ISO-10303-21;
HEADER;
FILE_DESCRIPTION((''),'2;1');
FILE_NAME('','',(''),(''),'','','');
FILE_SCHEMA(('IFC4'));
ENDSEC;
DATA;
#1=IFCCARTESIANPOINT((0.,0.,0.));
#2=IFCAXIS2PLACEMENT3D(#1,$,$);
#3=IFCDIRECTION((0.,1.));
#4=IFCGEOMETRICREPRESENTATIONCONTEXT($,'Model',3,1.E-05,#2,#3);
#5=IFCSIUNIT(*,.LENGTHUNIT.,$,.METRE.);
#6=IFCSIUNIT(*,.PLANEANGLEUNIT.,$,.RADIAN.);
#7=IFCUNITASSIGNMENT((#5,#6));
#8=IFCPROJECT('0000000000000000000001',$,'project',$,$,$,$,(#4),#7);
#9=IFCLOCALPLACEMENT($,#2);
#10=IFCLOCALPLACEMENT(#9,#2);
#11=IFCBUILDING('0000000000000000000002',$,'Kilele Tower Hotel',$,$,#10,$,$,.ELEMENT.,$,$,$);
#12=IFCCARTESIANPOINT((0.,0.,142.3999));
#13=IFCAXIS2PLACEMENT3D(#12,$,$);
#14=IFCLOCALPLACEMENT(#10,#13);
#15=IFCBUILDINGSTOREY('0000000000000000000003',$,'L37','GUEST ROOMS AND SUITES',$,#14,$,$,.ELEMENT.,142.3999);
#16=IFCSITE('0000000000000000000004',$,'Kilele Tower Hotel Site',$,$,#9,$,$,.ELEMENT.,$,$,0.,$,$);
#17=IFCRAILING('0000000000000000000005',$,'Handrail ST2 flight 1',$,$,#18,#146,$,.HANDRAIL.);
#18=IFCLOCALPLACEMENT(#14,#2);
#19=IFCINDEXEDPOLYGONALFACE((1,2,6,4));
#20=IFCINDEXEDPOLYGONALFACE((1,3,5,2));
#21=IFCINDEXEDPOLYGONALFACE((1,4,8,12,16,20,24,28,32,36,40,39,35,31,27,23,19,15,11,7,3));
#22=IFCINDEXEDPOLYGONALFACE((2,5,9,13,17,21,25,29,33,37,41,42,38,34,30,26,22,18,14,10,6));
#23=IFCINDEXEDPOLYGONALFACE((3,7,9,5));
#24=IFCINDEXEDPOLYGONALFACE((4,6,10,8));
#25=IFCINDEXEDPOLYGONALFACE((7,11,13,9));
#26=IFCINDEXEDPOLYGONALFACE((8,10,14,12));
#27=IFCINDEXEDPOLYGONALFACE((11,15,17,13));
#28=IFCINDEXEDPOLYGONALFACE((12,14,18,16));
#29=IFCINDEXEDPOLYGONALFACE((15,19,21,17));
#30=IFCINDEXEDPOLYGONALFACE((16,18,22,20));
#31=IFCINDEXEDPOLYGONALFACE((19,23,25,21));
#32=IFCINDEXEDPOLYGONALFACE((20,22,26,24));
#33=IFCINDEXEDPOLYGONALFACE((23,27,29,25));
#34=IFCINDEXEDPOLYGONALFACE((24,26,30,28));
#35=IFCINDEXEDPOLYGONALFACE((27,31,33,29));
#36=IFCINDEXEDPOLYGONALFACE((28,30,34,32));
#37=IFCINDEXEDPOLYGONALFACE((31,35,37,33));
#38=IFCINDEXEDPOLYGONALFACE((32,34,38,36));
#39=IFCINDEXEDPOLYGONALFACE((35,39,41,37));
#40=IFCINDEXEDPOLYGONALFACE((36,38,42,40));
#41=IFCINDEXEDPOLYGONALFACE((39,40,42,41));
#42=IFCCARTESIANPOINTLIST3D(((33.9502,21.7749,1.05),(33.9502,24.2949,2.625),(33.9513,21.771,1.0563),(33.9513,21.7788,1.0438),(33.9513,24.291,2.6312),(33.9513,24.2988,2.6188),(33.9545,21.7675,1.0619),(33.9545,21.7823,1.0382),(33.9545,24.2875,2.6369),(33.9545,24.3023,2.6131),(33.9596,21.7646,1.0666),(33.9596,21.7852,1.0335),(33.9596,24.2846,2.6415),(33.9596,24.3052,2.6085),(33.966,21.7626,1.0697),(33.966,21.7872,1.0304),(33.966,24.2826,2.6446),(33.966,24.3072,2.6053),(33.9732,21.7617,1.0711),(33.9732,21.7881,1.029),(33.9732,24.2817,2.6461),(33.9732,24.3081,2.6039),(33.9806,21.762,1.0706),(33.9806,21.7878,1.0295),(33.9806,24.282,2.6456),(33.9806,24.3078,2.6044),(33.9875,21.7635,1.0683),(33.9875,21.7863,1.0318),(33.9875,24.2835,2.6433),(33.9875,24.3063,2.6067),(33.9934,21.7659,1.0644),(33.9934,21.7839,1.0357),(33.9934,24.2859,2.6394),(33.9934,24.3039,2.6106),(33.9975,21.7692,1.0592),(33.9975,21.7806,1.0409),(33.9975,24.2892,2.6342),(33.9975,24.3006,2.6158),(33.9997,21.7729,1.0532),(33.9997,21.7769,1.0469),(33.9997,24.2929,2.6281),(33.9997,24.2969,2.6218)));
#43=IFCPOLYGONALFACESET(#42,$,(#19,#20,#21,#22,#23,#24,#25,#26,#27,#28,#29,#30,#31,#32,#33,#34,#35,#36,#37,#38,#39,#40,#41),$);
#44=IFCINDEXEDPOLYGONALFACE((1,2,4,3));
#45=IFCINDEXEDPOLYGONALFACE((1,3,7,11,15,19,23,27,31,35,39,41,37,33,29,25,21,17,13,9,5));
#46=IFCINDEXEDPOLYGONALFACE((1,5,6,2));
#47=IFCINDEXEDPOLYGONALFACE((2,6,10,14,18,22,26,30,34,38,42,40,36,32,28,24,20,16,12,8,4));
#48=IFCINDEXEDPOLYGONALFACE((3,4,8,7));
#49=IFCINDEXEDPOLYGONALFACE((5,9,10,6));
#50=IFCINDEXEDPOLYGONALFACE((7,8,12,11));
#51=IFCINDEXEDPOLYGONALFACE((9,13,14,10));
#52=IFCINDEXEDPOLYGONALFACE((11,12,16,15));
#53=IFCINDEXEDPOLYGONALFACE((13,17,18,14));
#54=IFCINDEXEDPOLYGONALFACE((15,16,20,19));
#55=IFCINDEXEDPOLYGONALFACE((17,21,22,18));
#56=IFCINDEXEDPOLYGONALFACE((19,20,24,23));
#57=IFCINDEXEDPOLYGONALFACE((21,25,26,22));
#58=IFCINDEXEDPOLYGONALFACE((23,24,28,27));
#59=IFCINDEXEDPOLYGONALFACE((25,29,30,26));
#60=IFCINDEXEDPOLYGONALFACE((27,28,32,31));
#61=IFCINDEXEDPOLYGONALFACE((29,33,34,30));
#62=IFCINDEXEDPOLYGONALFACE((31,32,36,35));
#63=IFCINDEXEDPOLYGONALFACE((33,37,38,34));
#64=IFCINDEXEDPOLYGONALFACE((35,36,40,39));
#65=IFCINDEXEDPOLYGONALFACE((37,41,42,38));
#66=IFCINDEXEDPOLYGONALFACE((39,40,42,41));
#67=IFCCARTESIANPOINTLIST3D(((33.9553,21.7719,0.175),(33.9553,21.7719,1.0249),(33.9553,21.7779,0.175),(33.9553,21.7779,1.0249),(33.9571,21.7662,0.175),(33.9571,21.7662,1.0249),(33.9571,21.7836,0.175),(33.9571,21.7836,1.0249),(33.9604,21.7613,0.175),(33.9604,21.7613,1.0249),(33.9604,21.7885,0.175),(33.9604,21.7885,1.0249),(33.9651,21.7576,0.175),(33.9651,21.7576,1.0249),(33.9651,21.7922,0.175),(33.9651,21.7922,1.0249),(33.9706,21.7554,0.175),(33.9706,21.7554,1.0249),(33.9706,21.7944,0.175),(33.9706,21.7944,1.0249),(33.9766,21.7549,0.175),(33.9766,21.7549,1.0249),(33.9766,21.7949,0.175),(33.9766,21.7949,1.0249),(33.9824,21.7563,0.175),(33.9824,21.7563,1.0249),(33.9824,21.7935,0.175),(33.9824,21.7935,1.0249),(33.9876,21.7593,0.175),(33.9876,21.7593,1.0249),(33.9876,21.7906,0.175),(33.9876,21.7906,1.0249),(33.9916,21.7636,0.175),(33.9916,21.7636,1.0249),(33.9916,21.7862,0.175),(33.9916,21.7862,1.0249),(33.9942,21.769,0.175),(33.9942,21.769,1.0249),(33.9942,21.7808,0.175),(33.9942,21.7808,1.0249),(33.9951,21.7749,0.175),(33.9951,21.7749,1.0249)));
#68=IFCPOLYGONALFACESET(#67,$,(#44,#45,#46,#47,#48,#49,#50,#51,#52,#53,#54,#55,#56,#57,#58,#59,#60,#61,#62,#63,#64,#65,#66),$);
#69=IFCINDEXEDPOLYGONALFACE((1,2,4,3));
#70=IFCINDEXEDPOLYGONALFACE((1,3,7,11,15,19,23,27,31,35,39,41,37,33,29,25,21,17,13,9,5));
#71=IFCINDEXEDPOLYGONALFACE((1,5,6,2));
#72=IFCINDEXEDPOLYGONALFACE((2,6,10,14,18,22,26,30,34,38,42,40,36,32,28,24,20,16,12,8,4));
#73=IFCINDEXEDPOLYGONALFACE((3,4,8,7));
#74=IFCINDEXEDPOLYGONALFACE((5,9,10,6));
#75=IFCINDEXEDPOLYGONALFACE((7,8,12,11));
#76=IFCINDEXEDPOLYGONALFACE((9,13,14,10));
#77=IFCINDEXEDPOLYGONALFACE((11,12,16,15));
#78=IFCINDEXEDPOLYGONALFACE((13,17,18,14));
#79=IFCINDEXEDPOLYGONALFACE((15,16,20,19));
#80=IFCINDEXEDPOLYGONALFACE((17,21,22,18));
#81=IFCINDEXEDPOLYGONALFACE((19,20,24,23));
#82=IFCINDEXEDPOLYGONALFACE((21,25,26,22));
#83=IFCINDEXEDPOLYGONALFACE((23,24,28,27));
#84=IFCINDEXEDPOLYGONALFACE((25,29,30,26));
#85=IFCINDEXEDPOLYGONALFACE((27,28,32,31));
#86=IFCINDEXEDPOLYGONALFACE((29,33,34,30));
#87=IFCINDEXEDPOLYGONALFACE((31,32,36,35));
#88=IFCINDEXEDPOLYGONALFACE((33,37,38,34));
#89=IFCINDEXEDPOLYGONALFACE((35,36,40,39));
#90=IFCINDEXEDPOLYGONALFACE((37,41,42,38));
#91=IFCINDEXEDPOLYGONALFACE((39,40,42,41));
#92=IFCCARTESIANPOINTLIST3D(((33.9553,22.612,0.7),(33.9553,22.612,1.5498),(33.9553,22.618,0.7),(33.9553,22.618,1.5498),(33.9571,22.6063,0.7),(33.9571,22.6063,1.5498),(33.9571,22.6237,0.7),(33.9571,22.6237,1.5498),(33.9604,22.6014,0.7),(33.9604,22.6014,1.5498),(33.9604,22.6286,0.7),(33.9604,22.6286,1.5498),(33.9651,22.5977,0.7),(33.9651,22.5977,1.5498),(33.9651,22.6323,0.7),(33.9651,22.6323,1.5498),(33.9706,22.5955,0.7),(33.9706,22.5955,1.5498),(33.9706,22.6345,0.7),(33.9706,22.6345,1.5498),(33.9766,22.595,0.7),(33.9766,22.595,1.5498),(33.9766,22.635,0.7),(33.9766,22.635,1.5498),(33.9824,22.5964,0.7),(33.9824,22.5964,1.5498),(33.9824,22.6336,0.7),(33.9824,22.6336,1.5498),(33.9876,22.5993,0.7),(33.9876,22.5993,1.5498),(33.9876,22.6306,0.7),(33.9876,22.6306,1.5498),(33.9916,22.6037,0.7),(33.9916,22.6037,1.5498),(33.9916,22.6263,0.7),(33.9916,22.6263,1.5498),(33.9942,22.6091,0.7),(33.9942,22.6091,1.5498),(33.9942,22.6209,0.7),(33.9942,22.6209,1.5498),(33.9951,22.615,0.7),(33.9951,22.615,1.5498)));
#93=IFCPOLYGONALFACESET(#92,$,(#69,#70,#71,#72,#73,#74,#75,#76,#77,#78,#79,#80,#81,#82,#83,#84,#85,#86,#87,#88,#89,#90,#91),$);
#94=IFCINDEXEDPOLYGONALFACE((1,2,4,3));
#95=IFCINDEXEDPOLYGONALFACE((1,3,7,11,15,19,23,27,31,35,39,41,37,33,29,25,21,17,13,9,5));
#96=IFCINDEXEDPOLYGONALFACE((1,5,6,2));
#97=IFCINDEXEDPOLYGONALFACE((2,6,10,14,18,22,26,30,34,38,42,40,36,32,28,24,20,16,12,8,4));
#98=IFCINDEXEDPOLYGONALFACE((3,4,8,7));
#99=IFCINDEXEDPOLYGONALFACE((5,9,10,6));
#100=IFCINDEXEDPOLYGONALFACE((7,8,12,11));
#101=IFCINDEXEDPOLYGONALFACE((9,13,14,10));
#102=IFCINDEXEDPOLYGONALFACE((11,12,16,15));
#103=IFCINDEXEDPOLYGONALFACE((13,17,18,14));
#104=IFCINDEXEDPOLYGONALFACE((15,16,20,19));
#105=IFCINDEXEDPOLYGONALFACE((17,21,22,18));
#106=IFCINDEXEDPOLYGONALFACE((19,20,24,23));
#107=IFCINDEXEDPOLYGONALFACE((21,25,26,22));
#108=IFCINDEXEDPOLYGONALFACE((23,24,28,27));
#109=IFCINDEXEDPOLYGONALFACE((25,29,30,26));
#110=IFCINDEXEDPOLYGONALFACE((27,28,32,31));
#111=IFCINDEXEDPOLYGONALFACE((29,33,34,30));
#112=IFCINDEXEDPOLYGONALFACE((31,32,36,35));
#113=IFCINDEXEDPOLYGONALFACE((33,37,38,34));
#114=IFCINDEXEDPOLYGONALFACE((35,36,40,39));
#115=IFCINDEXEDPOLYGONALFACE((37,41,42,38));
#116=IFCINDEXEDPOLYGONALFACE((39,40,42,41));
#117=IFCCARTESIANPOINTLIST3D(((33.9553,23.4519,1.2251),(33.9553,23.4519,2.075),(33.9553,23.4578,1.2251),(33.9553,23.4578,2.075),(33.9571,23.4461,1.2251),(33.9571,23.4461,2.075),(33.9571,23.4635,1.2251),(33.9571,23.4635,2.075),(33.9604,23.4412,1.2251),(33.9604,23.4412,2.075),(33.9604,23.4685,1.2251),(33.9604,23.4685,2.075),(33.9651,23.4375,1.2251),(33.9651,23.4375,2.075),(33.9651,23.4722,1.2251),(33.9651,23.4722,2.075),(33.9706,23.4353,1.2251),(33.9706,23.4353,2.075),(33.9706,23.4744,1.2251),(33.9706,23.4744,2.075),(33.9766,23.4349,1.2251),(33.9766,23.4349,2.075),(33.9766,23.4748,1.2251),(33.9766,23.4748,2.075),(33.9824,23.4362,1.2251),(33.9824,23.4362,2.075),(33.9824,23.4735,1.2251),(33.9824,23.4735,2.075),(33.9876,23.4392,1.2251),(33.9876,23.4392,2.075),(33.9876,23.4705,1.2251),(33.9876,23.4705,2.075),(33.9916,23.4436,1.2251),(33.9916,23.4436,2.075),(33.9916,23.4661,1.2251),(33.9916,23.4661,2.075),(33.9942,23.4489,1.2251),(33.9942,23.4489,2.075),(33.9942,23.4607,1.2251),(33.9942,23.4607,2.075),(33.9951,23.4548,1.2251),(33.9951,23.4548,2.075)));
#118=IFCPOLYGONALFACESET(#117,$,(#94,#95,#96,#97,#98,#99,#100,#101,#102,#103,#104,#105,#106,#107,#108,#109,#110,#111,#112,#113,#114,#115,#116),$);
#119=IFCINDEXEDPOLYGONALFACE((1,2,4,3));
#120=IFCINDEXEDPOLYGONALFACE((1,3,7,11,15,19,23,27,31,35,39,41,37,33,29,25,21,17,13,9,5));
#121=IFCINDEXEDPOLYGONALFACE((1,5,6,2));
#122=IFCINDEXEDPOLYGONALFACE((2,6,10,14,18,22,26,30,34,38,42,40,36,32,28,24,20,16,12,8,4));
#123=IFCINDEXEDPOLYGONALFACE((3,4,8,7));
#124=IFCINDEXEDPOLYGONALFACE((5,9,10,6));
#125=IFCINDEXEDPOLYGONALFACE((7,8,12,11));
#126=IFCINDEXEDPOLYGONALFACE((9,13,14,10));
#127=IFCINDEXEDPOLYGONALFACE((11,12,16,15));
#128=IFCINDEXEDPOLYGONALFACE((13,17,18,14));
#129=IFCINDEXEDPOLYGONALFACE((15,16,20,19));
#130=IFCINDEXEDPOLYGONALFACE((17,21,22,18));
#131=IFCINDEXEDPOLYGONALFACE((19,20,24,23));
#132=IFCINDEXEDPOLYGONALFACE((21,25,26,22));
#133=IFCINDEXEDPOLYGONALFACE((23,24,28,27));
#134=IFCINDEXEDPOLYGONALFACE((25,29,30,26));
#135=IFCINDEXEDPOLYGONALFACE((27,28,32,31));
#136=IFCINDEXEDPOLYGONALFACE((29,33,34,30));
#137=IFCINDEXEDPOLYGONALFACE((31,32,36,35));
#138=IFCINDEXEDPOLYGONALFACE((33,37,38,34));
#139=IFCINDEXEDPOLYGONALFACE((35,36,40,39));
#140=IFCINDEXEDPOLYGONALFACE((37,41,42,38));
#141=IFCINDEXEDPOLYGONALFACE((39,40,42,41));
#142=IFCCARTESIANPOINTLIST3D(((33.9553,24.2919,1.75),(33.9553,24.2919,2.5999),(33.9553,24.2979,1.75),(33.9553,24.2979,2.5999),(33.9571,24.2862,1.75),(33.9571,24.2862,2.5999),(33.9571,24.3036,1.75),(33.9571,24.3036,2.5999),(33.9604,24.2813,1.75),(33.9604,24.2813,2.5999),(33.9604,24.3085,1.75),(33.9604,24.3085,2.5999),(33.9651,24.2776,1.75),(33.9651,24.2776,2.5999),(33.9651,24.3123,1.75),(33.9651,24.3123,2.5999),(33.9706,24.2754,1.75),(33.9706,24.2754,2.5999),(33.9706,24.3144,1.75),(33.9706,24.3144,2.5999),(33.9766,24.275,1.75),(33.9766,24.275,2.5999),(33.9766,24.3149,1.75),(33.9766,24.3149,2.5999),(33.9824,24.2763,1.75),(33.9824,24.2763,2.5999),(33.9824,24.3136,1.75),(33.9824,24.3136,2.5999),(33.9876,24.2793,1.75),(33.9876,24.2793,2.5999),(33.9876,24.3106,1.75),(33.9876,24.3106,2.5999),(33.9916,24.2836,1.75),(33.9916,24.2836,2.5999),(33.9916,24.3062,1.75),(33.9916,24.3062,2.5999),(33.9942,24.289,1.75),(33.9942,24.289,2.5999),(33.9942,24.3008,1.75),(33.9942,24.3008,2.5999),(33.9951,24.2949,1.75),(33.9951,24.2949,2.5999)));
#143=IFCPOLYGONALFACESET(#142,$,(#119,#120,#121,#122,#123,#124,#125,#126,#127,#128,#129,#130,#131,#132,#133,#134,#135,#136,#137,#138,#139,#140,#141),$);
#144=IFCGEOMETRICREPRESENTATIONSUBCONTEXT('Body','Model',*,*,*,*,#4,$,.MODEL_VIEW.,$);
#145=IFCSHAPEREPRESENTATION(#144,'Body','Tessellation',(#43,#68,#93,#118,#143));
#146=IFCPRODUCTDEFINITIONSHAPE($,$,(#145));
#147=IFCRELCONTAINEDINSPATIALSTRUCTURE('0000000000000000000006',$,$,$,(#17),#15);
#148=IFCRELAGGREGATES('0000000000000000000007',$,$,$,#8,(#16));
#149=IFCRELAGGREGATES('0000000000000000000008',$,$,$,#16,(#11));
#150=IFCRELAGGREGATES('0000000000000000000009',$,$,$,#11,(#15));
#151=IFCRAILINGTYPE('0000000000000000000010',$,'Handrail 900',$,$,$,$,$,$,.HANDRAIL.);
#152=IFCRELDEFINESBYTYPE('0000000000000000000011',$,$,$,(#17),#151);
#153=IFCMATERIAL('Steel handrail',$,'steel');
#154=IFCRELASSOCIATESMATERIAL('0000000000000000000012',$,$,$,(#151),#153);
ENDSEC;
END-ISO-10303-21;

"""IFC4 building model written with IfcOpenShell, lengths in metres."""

from ifc_helpers import new_model, si_unit, direction, frame, origin, origin_2d, place, context, subcontext, project, spatial, circle, extrude, material, type_object, element, save


model = new_model("IFC4")

# Units and contexts
model_context = context("Model", 3, precision=1e-05, world=origin(), true_north=direction((0.0, 1.0)))
body_context = subcontext(model_context, "Body", "Model", "MODEL_VIEW")
ifc_project = project(units=[si_unit("LENGTHUNIT", "METRE"), si_unit("PLANEANGLEUNIT", "RADIAN")], contexts=[model_context])

# Site, building, storey
site_placement = place(None, origin())
site = spatial("IfcSite", under=ifc_project, at=site_placement, Name="Kilele Tower Hotel Site", CompositionType="ELEMENT", RefElevation=0.0)
building_placement = place(site_placement, origin())
building = spatial("IfcBuilding", under=site, at=building_placement, Name="Kilele Tower Hotel", CompositionType="ELEMENT")
storey_placement = place(building_placement, frame((0.0, 0.0, 142.3999)))
storey = spatial("IfcBuildingStorey", under=building, at=storey_placement, Name="L37", Description="GUEST ROOMS AND SUITES", CompositionType="ELEMENT", Elevation=142.3999)

# Railing
ifc_material_1 = material(Name="Steel handrail", Category="steel")
railing_type_1 = type_object("IfcRailingType", Name="Handrail 900", PredefinedType="HANDRAIL", material=ifc_material_1)
for number, where, name in (
    (1, (33.9751, 21.7749, 0.175), "Handrail ST2 flight 1"),
):
    element("IfcRailing", number, at=place(storey_placement, frame(where)), inside=storey, type_object=railing_type_1, Name=name, PredefinedType="HANDRAIL", context=body_context, shape_type="SweptSolid", body=[
        extrude(circle(Radius=0.0249, at=origin_2d()), frame((0.0, 0.0, 0.875), z_axis=(0.0, 0.848008, 0.529984), x_axis=(-1.0, 0.0, 0.0)), (0.0, 0.0, 1.0), 2.9717),
        extrude(circle(Radius=0.02, at=origin_2d()), origin(), (0.0, 0.0, 1.0), 0.8499),
        extrude(circle(Radius=0.02, at=origin_2d()), frame((0.0, 0.8401, 0.5249)), (0.0, 0.0, 1.0), 0.8499),
        extrude(circle(Radius=0.02, at=origin_2d()), frame((0.0, 1.6799, 1.05)), (0.0, 0.0, 1.0), 0.8499),
        extrude(circle(Radius=0.02, at=origin_2d()), frame((0.0, 2.52, 1.575)), (0.0, 0.0, 1.0), 0.8499),
    ])

save(model, "model.ifc")
